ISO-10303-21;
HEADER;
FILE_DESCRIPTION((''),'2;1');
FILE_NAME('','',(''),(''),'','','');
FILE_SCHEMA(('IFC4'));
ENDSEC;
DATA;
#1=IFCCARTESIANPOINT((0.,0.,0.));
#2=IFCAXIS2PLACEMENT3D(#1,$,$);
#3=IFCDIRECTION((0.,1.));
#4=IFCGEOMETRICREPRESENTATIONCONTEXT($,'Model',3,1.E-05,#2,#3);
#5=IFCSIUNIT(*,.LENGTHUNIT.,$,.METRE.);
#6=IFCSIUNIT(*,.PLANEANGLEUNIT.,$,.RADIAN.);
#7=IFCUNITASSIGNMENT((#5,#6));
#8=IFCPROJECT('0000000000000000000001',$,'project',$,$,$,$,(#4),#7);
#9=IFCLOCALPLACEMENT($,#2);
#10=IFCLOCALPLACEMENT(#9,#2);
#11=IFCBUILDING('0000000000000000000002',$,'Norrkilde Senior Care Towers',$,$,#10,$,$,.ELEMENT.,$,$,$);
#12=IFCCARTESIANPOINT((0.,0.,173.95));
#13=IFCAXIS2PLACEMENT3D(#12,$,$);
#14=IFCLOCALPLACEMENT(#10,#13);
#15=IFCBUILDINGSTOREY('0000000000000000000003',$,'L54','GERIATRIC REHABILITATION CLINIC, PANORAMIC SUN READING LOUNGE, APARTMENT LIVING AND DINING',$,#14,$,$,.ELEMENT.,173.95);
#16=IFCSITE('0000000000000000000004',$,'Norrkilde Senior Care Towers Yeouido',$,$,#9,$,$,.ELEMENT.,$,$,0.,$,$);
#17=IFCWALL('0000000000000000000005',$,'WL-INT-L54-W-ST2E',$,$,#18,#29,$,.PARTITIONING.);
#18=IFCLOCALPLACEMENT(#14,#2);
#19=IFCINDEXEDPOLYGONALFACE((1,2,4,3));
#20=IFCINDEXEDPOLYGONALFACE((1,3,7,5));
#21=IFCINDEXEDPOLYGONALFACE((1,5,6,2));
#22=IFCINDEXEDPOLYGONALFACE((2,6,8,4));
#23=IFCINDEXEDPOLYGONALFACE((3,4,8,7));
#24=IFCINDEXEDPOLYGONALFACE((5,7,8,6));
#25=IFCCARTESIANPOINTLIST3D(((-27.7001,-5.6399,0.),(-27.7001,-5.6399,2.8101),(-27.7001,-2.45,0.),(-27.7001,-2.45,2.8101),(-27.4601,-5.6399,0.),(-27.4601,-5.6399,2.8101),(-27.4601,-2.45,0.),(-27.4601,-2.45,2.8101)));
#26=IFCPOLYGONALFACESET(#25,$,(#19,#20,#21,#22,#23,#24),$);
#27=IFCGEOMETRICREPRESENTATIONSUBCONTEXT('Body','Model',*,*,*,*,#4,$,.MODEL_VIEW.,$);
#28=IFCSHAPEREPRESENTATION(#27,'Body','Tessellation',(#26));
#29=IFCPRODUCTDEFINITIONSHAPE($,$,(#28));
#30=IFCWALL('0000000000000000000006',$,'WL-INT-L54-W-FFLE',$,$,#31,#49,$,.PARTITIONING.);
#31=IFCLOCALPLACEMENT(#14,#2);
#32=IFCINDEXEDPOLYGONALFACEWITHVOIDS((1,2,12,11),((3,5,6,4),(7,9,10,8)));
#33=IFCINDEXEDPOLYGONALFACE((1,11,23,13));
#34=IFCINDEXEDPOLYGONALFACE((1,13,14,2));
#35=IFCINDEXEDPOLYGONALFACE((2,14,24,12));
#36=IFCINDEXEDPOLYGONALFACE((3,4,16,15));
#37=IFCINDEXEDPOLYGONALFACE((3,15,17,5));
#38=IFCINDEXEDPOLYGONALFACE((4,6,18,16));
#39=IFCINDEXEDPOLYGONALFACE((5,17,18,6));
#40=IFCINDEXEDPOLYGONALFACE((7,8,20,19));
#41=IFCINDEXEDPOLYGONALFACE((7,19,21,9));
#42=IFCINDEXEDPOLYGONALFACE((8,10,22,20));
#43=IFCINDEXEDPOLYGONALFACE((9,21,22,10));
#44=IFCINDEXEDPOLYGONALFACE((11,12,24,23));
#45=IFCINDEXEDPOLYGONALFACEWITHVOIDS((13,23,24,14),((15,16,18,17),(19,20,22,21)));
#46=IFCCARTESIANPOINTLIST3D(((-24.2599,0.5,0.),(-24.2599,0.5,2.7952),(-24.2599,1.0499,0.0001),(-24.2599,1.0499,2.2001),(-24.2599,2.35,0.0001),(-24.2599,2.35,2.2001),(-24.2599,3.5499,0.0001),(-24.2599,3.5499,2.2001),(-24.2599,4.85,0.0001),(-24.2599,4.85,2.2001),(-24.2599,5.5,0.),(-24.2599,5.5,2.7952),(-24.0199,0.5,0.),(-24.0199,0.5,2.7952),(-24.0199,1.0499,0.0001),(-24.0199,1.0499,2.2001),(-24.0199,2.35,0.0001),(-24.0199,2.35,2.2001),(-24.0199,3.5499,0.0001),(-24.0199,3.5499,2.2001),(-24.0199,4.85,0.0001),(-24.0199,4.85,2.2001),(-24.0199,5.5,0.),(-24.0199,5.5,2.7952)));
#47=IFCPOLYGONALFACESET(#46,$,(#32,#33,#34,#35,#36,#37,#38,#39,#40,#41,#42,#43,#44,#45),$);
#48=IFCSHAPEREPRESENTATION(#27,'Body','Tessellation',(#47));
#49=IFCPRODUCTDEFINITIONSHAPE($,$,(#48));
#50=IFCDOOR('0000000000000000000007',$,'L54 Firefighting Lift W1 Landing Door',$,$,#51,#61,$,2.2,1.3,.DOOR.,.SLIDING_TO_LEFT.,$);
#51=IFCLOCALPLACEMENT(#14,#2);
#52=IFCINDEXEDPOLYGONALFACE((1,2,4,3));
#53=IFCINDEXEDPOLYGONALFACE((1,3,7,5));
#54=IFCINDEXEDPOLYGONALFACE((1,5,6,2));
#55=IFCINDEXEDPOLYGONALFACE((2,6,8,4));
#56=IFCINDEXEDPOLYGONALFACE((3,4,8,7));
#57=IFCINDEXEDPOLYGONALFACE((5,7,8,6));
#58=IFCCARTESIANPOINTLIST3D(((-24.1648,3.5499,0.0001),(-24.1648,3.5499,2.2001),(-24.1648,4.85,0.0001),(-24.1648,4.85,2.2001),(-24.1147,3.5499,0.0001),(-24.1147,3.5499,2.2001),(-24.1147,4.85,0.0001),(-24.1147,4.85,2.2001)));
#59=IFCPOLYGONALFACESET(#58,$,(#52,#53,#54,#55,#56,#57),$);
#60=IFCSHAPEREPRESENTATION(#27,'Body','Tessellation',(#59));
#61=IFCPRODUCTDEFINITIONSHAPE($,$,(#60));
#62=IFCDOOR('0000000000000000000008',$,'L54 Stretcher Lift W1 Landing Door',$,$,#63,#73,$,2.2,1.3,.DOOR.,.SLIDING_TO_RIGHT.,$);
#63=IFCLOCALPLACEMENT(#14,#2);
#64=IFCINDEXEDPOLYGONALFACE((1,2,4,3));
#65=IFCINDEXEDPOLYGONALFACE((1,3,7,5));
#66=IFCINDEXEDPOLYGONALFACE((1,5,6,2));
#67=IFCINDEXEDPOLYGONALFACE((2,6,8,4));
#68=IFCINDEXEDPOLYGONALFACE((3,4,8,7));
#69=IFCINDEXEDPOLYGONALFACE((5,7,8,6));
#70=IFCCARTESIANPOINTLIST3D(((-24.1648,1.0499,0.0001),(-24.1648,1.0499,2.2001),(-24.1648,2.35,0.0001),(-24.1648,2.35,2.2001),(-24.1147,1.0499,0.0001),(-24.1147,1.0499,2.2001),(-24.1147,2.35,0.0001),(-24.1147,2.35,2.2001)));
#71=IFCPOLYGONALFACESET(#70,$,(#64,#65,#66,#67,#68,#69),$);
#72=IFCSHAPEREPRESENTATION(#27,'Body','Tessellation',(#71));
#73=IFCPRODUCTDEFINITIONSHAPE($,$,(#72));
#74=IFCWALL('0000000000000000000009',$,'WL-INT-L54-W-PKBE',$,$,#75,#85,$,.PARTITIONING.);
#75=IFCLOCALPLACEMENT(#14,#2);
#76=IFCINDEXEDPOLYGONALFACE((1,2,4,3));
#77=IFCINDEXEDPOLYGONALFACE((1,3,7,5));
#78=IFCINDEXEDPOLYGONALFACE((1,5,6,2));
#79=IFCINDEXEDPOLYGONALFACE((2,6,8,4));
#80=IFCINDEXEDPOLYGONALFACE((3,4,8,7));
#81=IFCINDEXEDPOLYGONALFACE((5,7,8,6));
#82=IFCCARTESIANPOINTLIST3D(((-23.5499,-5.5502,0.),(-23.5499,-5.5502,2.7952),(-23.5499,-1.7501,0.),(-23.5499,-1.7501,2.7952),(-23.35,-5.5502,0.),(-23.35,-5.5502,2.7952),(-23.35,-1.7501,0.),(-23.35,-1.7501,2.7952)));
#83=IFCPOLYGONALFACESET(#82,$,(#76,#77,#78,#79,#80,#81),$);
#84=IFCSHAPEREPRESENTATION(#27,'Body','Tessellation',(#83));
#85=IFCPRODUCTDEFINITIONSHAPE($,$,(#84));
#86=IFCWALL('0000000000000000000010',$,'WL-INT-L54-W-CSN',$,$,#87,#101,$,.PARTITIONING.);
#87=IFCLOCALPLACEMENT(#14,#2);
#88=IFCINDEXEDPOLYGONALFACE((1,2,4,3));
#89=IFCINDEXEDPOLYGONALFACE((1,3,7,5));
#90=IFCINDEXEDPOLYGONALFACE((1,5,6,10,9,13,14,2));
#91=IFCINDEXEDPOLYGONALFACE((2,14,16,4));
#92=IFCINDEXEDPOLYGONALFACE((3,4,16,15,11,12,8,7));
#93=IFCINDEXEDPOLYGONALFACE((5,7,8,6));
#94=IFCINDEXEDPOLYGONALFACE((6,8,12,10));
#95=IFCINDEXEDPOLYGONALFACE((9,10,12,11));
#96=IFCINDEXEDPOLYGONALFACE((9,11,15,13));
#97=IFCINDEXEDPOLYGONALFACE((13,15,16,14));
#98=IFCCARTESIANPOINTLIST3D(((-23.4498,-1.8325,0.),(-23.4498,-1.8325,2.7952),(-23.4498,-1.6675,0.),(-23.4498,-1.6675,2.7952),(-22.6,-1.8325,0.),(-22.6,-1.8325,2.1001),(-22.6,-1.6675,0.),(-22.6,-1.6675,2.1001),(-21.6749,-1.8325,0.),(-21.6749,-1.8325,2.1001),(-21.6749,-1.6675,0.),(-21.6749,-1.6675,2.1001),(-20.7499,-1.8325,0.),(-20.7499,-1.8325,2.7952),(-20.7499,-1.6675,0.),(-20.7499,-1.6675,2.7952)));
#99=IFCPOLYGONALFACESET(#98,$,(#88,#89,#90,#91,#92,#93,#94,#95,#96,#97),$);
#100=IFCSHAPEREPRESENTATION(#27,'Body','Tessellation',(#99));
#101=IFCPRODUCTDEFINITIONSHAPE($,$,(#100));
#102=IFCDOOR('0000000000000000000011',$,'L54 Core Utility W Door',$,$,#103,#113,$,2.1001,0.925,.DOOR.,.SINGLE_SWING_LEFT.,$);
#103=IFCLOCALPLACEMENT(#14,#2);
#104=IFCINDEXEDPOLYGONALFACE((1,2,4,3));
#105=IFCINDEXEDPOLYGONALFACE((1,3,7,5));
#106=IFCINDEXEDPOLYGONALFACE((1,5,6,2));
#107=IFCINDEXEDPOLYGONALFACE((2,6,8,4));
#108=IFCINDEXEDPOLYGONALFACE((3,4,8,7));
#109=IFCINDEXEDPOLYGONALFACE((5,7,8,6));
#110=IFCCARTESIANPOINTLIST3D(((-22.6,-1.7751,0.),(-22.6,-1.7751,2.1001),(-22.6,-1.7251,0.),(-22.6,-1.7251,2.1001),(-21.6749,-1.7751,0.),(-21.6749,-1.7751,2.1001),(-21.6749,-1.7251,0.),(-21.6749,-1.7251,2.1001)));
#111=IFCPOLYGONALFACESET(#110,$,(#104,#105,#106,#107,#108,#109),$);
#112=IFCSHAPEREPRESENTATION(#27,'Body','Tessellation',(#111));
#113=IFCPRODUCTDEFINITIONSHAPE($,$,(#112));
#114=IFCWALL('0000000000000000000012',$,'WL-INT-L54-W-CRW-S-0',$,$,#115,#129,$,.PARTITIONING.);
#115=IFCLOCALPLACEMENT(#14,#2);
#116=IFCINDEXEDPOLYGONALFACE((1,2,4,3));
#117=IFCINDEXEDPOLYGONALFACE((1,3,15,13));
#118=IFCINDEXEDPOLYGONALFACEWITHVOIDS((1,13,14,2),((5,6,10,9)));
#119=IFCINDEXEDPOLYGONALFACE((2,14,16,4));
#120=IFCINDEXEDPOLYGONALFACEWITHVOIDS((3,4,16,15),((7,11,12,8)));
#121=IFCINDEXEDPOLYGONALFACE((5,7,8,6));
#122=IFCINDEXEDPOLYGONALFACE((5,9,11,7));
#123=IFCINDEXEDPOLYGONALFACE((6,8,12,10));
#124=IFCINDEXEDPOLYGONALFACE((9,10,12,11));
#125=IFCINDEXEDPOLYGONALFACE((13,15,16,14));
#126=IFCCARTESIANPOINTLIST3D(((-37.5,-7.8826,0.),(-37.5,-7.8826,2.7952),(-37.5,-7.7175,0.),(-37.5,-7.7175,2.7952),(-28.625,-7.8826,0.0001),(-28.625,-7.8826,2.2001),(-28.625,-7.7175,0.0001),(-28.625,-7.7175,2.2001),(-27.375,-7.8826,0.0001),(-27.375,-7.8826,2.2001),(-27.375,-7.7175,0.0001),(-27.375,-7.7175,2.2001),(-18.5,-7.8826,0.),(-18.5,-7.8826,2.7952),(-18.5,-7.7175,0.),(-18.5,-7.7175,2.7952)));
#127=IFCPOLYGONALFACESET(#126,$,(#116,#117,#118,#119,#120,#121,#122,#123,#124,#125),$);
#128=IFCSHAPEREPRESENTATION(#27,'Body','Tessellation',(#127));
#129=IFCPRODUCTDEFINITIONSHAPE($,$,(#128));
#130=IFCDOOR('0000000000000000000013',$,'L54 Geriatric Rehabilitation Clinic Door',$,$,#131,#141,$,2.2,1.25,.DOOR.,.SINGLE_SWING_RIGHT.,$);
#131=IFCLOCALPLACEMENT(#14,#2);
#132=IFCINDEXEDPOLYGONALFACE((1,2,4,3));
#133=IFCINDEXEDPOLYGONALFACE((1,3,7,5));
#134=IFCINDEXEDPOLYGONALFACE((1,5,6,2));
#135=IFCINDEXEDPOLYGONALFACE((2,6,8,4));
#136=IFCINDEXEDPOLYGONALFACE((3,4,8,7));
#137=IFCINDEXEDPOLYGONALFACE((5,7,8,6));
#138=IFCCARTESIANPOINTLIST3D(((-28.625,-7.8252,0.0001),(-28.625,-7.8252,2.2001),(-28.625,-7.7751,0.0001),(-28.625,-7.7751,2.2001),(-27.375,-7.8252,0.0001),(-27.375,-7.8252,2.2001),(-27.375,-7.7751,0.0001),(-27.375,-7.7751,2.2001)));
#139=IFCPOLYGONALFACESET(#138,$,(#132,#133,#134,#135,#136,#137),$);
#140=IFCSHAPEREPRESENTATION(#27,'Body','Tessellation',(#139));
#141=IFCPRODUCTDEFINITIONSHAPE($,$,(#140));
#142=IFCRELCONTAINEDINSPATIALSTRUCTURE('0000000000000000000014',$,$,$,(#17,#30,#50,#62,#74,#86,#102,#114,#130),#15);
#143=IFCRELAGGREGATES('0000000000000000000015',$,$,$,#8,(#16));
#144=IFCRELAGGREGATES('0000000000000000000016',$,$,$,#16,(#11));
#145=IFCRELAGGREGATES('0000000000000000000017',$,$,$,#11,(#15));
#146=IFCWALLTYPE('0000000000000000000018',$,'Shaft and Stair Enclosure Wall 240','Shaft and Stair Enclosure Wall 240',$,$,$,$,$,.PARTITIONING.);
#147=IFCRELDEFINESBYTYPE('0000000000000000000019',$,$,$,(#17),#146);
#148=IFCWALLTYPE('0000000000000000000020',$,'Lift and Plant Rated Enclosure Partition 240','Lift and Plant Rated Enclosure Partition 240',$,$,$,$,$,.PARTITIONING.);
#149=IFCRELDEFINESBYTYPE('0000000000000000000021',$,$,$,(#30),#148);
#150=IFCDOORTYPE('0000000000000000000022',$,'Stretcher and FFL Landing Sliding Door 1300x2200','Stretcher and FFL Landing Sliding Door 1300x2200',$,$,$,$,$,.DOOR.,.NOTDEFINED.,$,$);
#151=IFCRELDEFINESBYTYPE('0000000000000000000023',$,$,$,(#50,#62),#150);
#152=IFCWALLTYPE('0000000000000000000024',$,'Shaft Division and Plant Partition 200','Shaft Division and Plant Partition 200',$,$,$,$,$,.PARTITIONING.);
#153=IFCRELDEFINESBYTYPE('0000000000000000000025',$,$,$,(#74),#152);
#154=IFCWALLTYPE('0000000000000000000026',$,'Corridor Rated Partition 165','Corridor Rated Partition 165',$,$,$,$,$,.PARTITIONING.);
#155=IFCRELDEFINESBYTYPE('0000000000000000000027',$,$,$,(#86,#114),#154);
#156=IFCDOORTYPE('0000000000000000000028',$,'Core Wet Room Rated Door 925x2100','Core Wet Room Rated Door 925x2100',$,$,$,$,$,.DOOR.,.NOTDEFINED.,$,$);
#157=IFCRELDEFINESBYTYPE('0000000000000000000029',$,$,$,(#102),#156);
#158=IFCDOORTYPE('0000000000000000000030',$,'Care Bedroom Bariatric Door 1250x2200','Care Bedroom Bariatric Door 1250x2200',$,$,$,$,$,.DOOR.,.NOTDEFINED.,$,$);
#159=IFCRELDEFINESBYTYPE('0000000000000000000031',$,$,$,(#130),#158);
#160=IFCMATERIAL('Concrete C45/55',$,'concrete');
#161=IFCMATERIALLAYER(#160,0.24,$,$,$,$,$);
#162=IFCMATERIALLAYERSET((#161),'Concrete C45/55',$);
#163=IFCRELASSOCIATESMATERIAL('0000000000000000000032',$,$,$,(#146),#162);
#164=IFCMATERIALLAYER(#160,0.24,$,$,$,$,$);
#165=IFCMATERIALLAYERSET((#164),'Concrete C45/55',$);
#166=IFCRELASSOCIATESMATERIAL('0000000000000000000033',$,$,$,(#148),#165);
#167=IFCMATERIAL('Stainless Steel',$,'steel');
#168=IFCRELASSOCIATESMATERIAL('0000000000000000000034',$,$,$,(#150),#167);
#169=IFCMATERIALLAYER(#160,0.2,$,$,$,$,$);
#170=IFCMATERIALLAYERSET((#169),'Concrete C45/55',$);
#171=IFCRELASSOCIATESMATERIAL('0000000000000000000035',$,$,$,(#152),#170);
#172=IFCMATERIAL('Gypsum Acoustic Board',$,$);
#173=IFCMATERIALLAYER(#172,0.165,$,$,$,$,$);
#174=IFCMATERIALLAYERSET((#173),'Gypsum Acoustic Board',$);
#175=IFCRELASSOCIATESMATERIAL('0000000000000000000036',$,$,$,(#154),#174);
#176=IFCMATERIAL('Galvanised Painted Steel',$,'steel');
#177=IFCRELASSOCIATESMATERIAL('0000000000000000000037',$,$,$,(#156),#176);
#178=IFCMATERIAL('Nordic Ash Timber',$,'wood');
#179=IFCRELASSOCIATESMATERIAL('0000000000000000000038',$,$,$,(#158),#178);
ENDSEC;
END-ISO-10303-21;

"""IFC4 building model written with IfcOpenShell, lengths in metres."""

from ifc_helpers import new_model, si_unit, direction, frame, frame_2d, origin, place, context, subcontext, project, spatial, rectangle, extrude, source, transform, mapped, material, layer, layer_set, type_object, type_shapes, element, fill, save


model = new_model("IFC4")

# Units and contexts
model_context = context("Model", 3, precision=1e-05, world=origin(), true_north=direction((0.0, 1.0)))
body_context = subcontext(model_context, "Body", "Model", "MODEL_VIEW")
ifc_project = project(units=[si_unit("LENGTHUNIT", "METRE"), si_unit("PLANEANGLEUNIT", "RADIAN")], contexts=[model_context])

# Site, building, storey
site_placement = place(None, origin())
site = spatial("IfcSite", under=ifc_project, at=site_placement, Name="Norrkilde Senior Care Towers Yeouido", CompositionType="ELEMENT", RefElevation=0.0)
building_placement = place(site_placement, origin())
building = spatial("IfcBuilding", under=site, at=building_placement, Name="Norrkilde Senior Care Towers", CompositionType="ELEMENT")
storey_placement = place(building_placement, frame((0.0, 0.0, 173.95)))
storey = spatial("IfcBuildingStorey", under=building, at=storey_placement, Name="L54", Description="GERIATRIC REHABILITATION CLINIC, PANORAMIC SUN READING LOUNGE, APARTMENT LIVING AND DINING", CompositionType="ELEMENT", Elevation=173.95)

# Shared definitions
ifc_material_1 = material(Name="Concrete C45/55", Category="concrete")
ifc_layer_1 = layer(ifc_material_1, 0.24)
ifc_layer_set_1 = layer_set([ifc_layer_1], Name="Concrete C45/55")
wall_type_1 = type_object("IfcWallType", Name="Shaft and Stair Enclosure Wall 240", Description="Shaft and Stair Enclosure Wall 240", PredefinedType="PARTITIONING", material=ifc_layer_set_1)
shared_shape_1 = source(origin(), body_context, "Body", "SweptSolid", [
    extrude(rectangle(XDim=3.1899, YDim=0.24, at=frame_2d((1.595, 0.0))), origin(), (0.0, 0.0, 1.0), 2.8101),
])
type_shapes(wall_type_1, [shared_shape_1])
ifc_material_2 = material(Name="Galvanised Painted Steel", Category="steel")

# Wall
wall_1_placement = place(storey_placement, frame((-27.5801, -5.6399, 0.0), z_axis=(0.0, 0.0, 1.0), x_axis=(0.0, 1.0, 0.0)))
element("IfcWall", 1, at=wall_1_placement, inside=storey, type_object=wall_type_1, Name="WL-INT-L54-W-ST2E", PredefinedType="PARTITIONING", context=body_context, shape_type="MappedRepresentation", body=[
    mapped(shared_shape_1, transform((0.0, 0.0, 0.0), x_axis=(1.0, 0.0, 0.0), y_axis=(0.0, 1.0, 0.0), z_axis=(0.0, 0.0, 1.0), scale=1.0)),
])

# Wall, openings, doors
ifc_layer_2 = layer(ifc_material_1, 0.24)
ifc_layer_set_2 = layer_set([ifc_layer_2], Name="Concrete C45/55")
wall_type_2 = type_object("IfcWallType", Name="Lift and Plant Rated Enclosure Partition 240", Description="Lift and Plant Rated Enclosure Partition 240", PredefinedType="PARTITIONING", material=ifc_layer_set_2)
shared_shape_2 = source(origin(), body_context, "Body", "SweptSolid", [
    extrude(rectangle(XDim=5.0, YDim=0.24, at=frame_2d((2.5, 0.0))), origin(), (0.0, 0.0, 1.0), 2.7952),
])
wall_2_placement = place(storey_placement, frame((-24.1399, 0.5, 0.0), z_axis=(0.0, 0.0, 1.0), x_axis=(0.0, 1.0, 0.0)))
wall_2 = element("IfcWall", 2, at=wall_2_placement, inside=storey, type_object=wall_type_2, Name="WL-INT-L54-W-FFLE", PredefinedType="PARTITIONING", context=body_context, shape_type="MappedRepresentation", body=[
    mapped(shared_shape_2, transform((0.0, 0.0, 0.0), x_axis=(1.0, 0.0, 0.0), y_axis=(0.0, 1.0, 0.0), z_axis=(0.0, 0.0, 1.0), scale=1.0)),
])
opening_1_placement = place(wall_2_placement, frame((3.05, 0.0, 0.0)))
opening_1 = element("IfcOpeningElement", 3, at=opening_1_placement, cuts=wall_2, PredefinedType="OPENING", context=body_context, shape_type="SweptSolid", body=[
    extrude(rectangle(XDim=1.3, YDim=2.2, at=frame_2d((0.6499, 1.1001))), frame((0.0, 0.1299, 0.0), z_axis=(0.0, -1.0, 0.0), x_axis=(1.0, 0.0, 0.0)), (0.0, 0.0, 1.0), 0.26),
])
opening_2_placement = place(wall_2_placement, frame((0.55, 0.0, 0.0)))
opening_2 = element("IfcOpeningElement", 4, at=opening_2_placement, cuts=wall_2, PredefinedType="OPENING", context=body_context, shape_type="SweptSolid", body=[
    extrude(rectangle(XDim=1.3, YDim=2.2, at=frame_2d((0.6499, 1.1001))), frame((0.0, 0.1299, 0.0), z_axis=(0.0, -1.0, 0.0), x_axis=(1.0, 0.0, 0.0)), (0.0, 0.0, 1.0), 0.26),
])
ifc_material_3 = material(Name="Stainless Steel", Category="steel")
door_type_1 = type_object("IfcDoorType", Name="Stretcher and FFL Landing Sliding Door 1300x2200", Description="Stretcher and FFL Landing Sliding Door 1300x2200", OperationType="NOTDEFINED", PredefinedType="DOOR", material=ifc_material_3)
shared_shape_3 = source(origin(), body_context, "Body", "SweptSolid", [
    extrude(rectangle(XDim=1.3, YDim=2.2, at=frame_2d((0.6499, 1.1001))), frame((0.0, 0.0249, 0.0), z_axis=(0.0, -1.0, 0.0), x_axis=(1.0, 0.0, 0.0)), (0.0, 0.0, 1.0), 0.05),
])
type_shapes(door_type_1, [shared_shape_3])
door_1_placement = place(opening_1_placement, origin())
door_1 = element("IfcDoor", 5, at=door_1_placement, inside=storey, type_object=door_type_1, Name="L54 Firefighting Lift W1 Landing Door", OperationType="SLIDING_TO_LEFT", OverallHeight=2.2, OverallWidth=1.3, PredefinedType="DOOR", context=body_context, shape_type="MappedRepresentation", body=[
    mapped(shared_shape_3, transform((0.0, 0.0, 0.0), x_axis=(1.0, 0.0, 0.0), y_axis=(0.0, 1.0, 0.0), z_axis=(0.0, 0.0, 1.0), scale=1.0)),
])
fill(opening_1, door_1)
door_2_placement = place(opening_2_placement, origin())
door_2 = element("IfcDoor", 6, at=door_2_placement, inside=storey, type_object=door_type_1, Name="L54 Stretcher Lift W1 Landing Door", OperationType="SLIDING_TO_RIGHT", OverallHeight=2.2, OverallWidth=1.3, PredefinedType="DOOR", context=body_context, shape_type="MappedRepresentation", body=[
    mapped(shared_shape_3, transform((0.0, 0.0, 0.0), x_axis=(1.0, 0.0, 0.0), y_axis=(0.0, 1.0, 0.0), z_axis=(0.0, 0.0, 1.0), scale=1.0)),
])
fill(opening_2, door_2)

# Wall
ifc_layer_3 = layer(ifc_material_1, 0.2)
ifc_layer_set_3 = layer_set([ifc_layer_3], Name="Concrete C45/55")
wall_type_3 = type_object("IfcWallType", Name="Shaft Division and Plant Partition 200", Description="Shaft Division and Plant Partition 200", PredefinedType="PARTITIONING", material=ifc_layer_set_3)
shared_shape_4 = source(origin(), body_context, "Body", "SweptSolid", [
    extrude(rectangle(XDim=3.8, YDim=0.2, at=frame_2d((1.8999, 0.0))), origin(), (0.0, 0.0, 1.0), 2.7952),
])
type_shapes(wall_type_3, [shared_shape_4])
wall_3_placement = place(storey_placement, frame((-23.45, -5.55, 0.0), z_axis=(0.0, 0.0, 1.0), x_axis=(0.0, 1.0, 0.0)))
element("IfcWall", 7, at=wall_3_placement, inside=storey, type_object=wall_type_3, Name="WL-INT-L54-W-PKBE", PredefinedType="PARTITIONING", context=body_context, shape_type="MappedRepresentation", body=[
    mapped(shared_shape_4, transform((0.0, 0.0, 0.0), x_axis=(1.0, 0.0, 0.0), y_axis=(0.0, 1.0, 0.0), z_axis=(0.0, 0.0, 1.0), scale=1.0)),
])

# Walls, openings, doors
ifc_material_4 = material(Name="Gypsum Acoustic Board")
ifc_layer_4 = layer(ifc_material_4, 0.165)
ifc_layer_set_4 = layer_set([ifc_layer_4], Name="Gypsum Acoustic Board")
wall_type_4 = type_object("IfcWallType", Name="Corridor Rated Partition 165", Description="Corridor Rated Partition 165", PredefinedType="PARTITIONING", material=ifc_layer_set_4)
shared_shape_5 = source(origin(), body_context, "Body", "SweptSolid", [
    extrude(rectangle(XDim=2.7, YDim=0.165, at=frame_2d((1.3501, 0.0))), origin(), (0.0, 0.0, 1.0), 2.7952),
])
wall_4_placement = place(storey_placement, frame((-23.45, -1.75, 0.0), z_axis=(0.0, 0.0, 1.0), x_axis=(1.0, 0.0, 0.0)))
wall_4 = element("IfcWall", 8, at=wall_4_placement, inside=storey, type_object=wall_type_4, Name="WL-INT-L54-W-CSN", PredefinedType="PARTITIONING", context=body_context, shape_type="MappedRepresentation", body=[
    mapped(shared_shape_5, transform((0.0, 0.0, 0.0), x_axis=(1.0, 0.0, 0.0), y_axis=(0.0, 1.0, 0.0), z_axis=(0.0, 0.0, 1.0), scale=1.0)),
])
opening_3_placement = place(wall_4_placement, frame((0.8501, 0.0, 0.0)))
opening_3 = element("IfcOpeningElement", 9, at=opening_3_placement, cuts=wall_4, PredefinedType="OPENING", context=body_context, shape_type="SweptSolid", body=[
    extrude(rectangle(XDim=0.925, YDim=2.1001, at=frame_2d((0.4624, 1.05))), frame((0.0, 0.0925, 0.0), z_axis=(0.0, -1.0, 0.0), x_axis=(1.0, 0.0, 0.0)), (0.0, 0.0, 1.0), 0.1851),
])
door_type_2 = type_object("IfcDoorType", Name="Core Wet Room Rated Door 925x2100", Description="Core Wet Room Rated Door 925x2100", OperationType="NOTDEFINED", PredefinedType="DOOR", material=ifc_material_2)
shared_shape_6 = source(origin(), body_context, "Body", "SweptSolid", [
    extrude(rectangle(XDim=0.925, YDim=2.1001, at=frame_2d((0.4624, 1.05))), frame((0.0, 0.0249, 0.0), z_axis=(0.0, -1.0, 0.0), x_axis=(1.0, 0.0, 0.0)), (0.0, 0.0, 1.0), 0.05),
])
type_shapes(door_type_2, [shared_shape_6])
door_3_placement = place(opening_3_placement, origin())
door_3 = element("IfcDoor", 10, at=door_3_placement, inside=storey, type_object=door_type_2, Name="L54 Core Utility W Door", OperationType="SINGLE_SWING_LEFT", OverallHeight=2.1001, OverallWidth=0.925, PredefinedType="DOOR", context=body_context, shape_type="MappedRepresentation", body=[
    mapped(shared_shape_6, transform((0.0, 0.0, 0.0), x_axis=(1.0, 0.0, 0.0), y_axis=(0.0, 1.0, 0.0), z_axis=(0.0, 0.0, 1.0), scale=1.0)),
])
fill(opening_3, door_3)
shared_shape_7 = source(origin(), body_context, "Body", "SweptSolid", [
    extrude(rectangle(XDim=19.0, YDim=0.165, at=frame_2d((9.5, 0.0))), origin(), (0.0, 0.0, 1.0), 2.7952),
])
wall_5_placement = place(storey_placement, frame((-18.5, -7.8, 0.0), z_axis=(0.0, 0.0, 1.0), x_axis=(-1.0, 0.0, 0.0)))
wall_5 = element("IfcWall", 11, at=wall_5_placement, inside=storey, type_object=wall_type_4, Name="WL-INT-L54-W-CRW-S-0", PredefinedType="PARTITIONING", context=body_context, shape_type="MappedRepresentation", body=[
    mapped(shared_shape_7, transform((0.0, 0.0, 0.0), x_axis=(1.0, 0.0, 0.0), y_axis=(0.0, 1.0, 0.0), z_axis=(0.0, 0.0, 1.0), scale=1.0)),
])
opening_4_placement = place(wall_5_placement, frame((8.875, 0.0, 0.0)))
opening_4 = element("IfcOpeningElement", 12, at=opening_4_placement, cuts=wall_5, PredefinedType="OPENING", context=body_context, shape_type="SweptSolid", body=[
    extrude(rectangle(XDim=1.25, YDim=2.2, at=frame_2d((0.625, 1.1001))), frame((0.0, 0.0925, 0.0), z_axis=(0.0, -1.0, 0.0), x_axis=(1.0, 0.0, 0.0)), (0.0, 0.0, 1.0), 0.1851),
])
ifc_material_5 = material(Name="Nordic Ash Timber", Category="wood")
door_type_3 = type_object("IfcDoorType", Name="Care Bedroom Bariatric Door 1250x2200", Description="Care Bedroom Bariatric Door 1250x2200", OperationType="NOTDEFINED", PredefinedType="DOOR", material=ifc_material_5)
shared_shape_8 = source(origin(), body_context, "Body", "SweptSolid", [
    extrude(rectangle(XDim=1.25, YDim=2.2, at=frame_2d((0.625, 1.1001))), frame((0.0, 0.0249, 0.0), z_axis=(0.0, -1.0, 0.0), x_axis=(1.0, 0.0, 0.0)), (0.0, 0.0, 1.0), 0.05),
])
type_shapes(door_type_3, [shared_shape_8])
door_4_placement = place(opening_4_placement, frame((1.25, 0.0, 0.0), z_axis=(0.0, 0.0, 1.0), x_axis=(-1.0, 0.0, 0.0)))
door_4 = element("IfcDoor", 13, at=door_4_placement, inside=storey, type_object=door_type_3, Name="L54 Geriatric Rehabilitation Clinic Door", OperationType="SINGLE_SWING_RIGHT", OverallHeight=2.2, OverallWidth=1.25, PredefinedType="DOOR", context=body_context, shape_type="MappedRepresentation", body=[
    mapped(shared_shape_8, transform((0.0, 0.0, 0.0), x_axis=(1.0, 0.0, 0.0), y_axis=(0.0, 1.0, 0.0), z_axis=(0.0, 0.0, 1.0), scale=1.0)),
])
fill(opening_4, door_4)

save(model, "model.ifc")
